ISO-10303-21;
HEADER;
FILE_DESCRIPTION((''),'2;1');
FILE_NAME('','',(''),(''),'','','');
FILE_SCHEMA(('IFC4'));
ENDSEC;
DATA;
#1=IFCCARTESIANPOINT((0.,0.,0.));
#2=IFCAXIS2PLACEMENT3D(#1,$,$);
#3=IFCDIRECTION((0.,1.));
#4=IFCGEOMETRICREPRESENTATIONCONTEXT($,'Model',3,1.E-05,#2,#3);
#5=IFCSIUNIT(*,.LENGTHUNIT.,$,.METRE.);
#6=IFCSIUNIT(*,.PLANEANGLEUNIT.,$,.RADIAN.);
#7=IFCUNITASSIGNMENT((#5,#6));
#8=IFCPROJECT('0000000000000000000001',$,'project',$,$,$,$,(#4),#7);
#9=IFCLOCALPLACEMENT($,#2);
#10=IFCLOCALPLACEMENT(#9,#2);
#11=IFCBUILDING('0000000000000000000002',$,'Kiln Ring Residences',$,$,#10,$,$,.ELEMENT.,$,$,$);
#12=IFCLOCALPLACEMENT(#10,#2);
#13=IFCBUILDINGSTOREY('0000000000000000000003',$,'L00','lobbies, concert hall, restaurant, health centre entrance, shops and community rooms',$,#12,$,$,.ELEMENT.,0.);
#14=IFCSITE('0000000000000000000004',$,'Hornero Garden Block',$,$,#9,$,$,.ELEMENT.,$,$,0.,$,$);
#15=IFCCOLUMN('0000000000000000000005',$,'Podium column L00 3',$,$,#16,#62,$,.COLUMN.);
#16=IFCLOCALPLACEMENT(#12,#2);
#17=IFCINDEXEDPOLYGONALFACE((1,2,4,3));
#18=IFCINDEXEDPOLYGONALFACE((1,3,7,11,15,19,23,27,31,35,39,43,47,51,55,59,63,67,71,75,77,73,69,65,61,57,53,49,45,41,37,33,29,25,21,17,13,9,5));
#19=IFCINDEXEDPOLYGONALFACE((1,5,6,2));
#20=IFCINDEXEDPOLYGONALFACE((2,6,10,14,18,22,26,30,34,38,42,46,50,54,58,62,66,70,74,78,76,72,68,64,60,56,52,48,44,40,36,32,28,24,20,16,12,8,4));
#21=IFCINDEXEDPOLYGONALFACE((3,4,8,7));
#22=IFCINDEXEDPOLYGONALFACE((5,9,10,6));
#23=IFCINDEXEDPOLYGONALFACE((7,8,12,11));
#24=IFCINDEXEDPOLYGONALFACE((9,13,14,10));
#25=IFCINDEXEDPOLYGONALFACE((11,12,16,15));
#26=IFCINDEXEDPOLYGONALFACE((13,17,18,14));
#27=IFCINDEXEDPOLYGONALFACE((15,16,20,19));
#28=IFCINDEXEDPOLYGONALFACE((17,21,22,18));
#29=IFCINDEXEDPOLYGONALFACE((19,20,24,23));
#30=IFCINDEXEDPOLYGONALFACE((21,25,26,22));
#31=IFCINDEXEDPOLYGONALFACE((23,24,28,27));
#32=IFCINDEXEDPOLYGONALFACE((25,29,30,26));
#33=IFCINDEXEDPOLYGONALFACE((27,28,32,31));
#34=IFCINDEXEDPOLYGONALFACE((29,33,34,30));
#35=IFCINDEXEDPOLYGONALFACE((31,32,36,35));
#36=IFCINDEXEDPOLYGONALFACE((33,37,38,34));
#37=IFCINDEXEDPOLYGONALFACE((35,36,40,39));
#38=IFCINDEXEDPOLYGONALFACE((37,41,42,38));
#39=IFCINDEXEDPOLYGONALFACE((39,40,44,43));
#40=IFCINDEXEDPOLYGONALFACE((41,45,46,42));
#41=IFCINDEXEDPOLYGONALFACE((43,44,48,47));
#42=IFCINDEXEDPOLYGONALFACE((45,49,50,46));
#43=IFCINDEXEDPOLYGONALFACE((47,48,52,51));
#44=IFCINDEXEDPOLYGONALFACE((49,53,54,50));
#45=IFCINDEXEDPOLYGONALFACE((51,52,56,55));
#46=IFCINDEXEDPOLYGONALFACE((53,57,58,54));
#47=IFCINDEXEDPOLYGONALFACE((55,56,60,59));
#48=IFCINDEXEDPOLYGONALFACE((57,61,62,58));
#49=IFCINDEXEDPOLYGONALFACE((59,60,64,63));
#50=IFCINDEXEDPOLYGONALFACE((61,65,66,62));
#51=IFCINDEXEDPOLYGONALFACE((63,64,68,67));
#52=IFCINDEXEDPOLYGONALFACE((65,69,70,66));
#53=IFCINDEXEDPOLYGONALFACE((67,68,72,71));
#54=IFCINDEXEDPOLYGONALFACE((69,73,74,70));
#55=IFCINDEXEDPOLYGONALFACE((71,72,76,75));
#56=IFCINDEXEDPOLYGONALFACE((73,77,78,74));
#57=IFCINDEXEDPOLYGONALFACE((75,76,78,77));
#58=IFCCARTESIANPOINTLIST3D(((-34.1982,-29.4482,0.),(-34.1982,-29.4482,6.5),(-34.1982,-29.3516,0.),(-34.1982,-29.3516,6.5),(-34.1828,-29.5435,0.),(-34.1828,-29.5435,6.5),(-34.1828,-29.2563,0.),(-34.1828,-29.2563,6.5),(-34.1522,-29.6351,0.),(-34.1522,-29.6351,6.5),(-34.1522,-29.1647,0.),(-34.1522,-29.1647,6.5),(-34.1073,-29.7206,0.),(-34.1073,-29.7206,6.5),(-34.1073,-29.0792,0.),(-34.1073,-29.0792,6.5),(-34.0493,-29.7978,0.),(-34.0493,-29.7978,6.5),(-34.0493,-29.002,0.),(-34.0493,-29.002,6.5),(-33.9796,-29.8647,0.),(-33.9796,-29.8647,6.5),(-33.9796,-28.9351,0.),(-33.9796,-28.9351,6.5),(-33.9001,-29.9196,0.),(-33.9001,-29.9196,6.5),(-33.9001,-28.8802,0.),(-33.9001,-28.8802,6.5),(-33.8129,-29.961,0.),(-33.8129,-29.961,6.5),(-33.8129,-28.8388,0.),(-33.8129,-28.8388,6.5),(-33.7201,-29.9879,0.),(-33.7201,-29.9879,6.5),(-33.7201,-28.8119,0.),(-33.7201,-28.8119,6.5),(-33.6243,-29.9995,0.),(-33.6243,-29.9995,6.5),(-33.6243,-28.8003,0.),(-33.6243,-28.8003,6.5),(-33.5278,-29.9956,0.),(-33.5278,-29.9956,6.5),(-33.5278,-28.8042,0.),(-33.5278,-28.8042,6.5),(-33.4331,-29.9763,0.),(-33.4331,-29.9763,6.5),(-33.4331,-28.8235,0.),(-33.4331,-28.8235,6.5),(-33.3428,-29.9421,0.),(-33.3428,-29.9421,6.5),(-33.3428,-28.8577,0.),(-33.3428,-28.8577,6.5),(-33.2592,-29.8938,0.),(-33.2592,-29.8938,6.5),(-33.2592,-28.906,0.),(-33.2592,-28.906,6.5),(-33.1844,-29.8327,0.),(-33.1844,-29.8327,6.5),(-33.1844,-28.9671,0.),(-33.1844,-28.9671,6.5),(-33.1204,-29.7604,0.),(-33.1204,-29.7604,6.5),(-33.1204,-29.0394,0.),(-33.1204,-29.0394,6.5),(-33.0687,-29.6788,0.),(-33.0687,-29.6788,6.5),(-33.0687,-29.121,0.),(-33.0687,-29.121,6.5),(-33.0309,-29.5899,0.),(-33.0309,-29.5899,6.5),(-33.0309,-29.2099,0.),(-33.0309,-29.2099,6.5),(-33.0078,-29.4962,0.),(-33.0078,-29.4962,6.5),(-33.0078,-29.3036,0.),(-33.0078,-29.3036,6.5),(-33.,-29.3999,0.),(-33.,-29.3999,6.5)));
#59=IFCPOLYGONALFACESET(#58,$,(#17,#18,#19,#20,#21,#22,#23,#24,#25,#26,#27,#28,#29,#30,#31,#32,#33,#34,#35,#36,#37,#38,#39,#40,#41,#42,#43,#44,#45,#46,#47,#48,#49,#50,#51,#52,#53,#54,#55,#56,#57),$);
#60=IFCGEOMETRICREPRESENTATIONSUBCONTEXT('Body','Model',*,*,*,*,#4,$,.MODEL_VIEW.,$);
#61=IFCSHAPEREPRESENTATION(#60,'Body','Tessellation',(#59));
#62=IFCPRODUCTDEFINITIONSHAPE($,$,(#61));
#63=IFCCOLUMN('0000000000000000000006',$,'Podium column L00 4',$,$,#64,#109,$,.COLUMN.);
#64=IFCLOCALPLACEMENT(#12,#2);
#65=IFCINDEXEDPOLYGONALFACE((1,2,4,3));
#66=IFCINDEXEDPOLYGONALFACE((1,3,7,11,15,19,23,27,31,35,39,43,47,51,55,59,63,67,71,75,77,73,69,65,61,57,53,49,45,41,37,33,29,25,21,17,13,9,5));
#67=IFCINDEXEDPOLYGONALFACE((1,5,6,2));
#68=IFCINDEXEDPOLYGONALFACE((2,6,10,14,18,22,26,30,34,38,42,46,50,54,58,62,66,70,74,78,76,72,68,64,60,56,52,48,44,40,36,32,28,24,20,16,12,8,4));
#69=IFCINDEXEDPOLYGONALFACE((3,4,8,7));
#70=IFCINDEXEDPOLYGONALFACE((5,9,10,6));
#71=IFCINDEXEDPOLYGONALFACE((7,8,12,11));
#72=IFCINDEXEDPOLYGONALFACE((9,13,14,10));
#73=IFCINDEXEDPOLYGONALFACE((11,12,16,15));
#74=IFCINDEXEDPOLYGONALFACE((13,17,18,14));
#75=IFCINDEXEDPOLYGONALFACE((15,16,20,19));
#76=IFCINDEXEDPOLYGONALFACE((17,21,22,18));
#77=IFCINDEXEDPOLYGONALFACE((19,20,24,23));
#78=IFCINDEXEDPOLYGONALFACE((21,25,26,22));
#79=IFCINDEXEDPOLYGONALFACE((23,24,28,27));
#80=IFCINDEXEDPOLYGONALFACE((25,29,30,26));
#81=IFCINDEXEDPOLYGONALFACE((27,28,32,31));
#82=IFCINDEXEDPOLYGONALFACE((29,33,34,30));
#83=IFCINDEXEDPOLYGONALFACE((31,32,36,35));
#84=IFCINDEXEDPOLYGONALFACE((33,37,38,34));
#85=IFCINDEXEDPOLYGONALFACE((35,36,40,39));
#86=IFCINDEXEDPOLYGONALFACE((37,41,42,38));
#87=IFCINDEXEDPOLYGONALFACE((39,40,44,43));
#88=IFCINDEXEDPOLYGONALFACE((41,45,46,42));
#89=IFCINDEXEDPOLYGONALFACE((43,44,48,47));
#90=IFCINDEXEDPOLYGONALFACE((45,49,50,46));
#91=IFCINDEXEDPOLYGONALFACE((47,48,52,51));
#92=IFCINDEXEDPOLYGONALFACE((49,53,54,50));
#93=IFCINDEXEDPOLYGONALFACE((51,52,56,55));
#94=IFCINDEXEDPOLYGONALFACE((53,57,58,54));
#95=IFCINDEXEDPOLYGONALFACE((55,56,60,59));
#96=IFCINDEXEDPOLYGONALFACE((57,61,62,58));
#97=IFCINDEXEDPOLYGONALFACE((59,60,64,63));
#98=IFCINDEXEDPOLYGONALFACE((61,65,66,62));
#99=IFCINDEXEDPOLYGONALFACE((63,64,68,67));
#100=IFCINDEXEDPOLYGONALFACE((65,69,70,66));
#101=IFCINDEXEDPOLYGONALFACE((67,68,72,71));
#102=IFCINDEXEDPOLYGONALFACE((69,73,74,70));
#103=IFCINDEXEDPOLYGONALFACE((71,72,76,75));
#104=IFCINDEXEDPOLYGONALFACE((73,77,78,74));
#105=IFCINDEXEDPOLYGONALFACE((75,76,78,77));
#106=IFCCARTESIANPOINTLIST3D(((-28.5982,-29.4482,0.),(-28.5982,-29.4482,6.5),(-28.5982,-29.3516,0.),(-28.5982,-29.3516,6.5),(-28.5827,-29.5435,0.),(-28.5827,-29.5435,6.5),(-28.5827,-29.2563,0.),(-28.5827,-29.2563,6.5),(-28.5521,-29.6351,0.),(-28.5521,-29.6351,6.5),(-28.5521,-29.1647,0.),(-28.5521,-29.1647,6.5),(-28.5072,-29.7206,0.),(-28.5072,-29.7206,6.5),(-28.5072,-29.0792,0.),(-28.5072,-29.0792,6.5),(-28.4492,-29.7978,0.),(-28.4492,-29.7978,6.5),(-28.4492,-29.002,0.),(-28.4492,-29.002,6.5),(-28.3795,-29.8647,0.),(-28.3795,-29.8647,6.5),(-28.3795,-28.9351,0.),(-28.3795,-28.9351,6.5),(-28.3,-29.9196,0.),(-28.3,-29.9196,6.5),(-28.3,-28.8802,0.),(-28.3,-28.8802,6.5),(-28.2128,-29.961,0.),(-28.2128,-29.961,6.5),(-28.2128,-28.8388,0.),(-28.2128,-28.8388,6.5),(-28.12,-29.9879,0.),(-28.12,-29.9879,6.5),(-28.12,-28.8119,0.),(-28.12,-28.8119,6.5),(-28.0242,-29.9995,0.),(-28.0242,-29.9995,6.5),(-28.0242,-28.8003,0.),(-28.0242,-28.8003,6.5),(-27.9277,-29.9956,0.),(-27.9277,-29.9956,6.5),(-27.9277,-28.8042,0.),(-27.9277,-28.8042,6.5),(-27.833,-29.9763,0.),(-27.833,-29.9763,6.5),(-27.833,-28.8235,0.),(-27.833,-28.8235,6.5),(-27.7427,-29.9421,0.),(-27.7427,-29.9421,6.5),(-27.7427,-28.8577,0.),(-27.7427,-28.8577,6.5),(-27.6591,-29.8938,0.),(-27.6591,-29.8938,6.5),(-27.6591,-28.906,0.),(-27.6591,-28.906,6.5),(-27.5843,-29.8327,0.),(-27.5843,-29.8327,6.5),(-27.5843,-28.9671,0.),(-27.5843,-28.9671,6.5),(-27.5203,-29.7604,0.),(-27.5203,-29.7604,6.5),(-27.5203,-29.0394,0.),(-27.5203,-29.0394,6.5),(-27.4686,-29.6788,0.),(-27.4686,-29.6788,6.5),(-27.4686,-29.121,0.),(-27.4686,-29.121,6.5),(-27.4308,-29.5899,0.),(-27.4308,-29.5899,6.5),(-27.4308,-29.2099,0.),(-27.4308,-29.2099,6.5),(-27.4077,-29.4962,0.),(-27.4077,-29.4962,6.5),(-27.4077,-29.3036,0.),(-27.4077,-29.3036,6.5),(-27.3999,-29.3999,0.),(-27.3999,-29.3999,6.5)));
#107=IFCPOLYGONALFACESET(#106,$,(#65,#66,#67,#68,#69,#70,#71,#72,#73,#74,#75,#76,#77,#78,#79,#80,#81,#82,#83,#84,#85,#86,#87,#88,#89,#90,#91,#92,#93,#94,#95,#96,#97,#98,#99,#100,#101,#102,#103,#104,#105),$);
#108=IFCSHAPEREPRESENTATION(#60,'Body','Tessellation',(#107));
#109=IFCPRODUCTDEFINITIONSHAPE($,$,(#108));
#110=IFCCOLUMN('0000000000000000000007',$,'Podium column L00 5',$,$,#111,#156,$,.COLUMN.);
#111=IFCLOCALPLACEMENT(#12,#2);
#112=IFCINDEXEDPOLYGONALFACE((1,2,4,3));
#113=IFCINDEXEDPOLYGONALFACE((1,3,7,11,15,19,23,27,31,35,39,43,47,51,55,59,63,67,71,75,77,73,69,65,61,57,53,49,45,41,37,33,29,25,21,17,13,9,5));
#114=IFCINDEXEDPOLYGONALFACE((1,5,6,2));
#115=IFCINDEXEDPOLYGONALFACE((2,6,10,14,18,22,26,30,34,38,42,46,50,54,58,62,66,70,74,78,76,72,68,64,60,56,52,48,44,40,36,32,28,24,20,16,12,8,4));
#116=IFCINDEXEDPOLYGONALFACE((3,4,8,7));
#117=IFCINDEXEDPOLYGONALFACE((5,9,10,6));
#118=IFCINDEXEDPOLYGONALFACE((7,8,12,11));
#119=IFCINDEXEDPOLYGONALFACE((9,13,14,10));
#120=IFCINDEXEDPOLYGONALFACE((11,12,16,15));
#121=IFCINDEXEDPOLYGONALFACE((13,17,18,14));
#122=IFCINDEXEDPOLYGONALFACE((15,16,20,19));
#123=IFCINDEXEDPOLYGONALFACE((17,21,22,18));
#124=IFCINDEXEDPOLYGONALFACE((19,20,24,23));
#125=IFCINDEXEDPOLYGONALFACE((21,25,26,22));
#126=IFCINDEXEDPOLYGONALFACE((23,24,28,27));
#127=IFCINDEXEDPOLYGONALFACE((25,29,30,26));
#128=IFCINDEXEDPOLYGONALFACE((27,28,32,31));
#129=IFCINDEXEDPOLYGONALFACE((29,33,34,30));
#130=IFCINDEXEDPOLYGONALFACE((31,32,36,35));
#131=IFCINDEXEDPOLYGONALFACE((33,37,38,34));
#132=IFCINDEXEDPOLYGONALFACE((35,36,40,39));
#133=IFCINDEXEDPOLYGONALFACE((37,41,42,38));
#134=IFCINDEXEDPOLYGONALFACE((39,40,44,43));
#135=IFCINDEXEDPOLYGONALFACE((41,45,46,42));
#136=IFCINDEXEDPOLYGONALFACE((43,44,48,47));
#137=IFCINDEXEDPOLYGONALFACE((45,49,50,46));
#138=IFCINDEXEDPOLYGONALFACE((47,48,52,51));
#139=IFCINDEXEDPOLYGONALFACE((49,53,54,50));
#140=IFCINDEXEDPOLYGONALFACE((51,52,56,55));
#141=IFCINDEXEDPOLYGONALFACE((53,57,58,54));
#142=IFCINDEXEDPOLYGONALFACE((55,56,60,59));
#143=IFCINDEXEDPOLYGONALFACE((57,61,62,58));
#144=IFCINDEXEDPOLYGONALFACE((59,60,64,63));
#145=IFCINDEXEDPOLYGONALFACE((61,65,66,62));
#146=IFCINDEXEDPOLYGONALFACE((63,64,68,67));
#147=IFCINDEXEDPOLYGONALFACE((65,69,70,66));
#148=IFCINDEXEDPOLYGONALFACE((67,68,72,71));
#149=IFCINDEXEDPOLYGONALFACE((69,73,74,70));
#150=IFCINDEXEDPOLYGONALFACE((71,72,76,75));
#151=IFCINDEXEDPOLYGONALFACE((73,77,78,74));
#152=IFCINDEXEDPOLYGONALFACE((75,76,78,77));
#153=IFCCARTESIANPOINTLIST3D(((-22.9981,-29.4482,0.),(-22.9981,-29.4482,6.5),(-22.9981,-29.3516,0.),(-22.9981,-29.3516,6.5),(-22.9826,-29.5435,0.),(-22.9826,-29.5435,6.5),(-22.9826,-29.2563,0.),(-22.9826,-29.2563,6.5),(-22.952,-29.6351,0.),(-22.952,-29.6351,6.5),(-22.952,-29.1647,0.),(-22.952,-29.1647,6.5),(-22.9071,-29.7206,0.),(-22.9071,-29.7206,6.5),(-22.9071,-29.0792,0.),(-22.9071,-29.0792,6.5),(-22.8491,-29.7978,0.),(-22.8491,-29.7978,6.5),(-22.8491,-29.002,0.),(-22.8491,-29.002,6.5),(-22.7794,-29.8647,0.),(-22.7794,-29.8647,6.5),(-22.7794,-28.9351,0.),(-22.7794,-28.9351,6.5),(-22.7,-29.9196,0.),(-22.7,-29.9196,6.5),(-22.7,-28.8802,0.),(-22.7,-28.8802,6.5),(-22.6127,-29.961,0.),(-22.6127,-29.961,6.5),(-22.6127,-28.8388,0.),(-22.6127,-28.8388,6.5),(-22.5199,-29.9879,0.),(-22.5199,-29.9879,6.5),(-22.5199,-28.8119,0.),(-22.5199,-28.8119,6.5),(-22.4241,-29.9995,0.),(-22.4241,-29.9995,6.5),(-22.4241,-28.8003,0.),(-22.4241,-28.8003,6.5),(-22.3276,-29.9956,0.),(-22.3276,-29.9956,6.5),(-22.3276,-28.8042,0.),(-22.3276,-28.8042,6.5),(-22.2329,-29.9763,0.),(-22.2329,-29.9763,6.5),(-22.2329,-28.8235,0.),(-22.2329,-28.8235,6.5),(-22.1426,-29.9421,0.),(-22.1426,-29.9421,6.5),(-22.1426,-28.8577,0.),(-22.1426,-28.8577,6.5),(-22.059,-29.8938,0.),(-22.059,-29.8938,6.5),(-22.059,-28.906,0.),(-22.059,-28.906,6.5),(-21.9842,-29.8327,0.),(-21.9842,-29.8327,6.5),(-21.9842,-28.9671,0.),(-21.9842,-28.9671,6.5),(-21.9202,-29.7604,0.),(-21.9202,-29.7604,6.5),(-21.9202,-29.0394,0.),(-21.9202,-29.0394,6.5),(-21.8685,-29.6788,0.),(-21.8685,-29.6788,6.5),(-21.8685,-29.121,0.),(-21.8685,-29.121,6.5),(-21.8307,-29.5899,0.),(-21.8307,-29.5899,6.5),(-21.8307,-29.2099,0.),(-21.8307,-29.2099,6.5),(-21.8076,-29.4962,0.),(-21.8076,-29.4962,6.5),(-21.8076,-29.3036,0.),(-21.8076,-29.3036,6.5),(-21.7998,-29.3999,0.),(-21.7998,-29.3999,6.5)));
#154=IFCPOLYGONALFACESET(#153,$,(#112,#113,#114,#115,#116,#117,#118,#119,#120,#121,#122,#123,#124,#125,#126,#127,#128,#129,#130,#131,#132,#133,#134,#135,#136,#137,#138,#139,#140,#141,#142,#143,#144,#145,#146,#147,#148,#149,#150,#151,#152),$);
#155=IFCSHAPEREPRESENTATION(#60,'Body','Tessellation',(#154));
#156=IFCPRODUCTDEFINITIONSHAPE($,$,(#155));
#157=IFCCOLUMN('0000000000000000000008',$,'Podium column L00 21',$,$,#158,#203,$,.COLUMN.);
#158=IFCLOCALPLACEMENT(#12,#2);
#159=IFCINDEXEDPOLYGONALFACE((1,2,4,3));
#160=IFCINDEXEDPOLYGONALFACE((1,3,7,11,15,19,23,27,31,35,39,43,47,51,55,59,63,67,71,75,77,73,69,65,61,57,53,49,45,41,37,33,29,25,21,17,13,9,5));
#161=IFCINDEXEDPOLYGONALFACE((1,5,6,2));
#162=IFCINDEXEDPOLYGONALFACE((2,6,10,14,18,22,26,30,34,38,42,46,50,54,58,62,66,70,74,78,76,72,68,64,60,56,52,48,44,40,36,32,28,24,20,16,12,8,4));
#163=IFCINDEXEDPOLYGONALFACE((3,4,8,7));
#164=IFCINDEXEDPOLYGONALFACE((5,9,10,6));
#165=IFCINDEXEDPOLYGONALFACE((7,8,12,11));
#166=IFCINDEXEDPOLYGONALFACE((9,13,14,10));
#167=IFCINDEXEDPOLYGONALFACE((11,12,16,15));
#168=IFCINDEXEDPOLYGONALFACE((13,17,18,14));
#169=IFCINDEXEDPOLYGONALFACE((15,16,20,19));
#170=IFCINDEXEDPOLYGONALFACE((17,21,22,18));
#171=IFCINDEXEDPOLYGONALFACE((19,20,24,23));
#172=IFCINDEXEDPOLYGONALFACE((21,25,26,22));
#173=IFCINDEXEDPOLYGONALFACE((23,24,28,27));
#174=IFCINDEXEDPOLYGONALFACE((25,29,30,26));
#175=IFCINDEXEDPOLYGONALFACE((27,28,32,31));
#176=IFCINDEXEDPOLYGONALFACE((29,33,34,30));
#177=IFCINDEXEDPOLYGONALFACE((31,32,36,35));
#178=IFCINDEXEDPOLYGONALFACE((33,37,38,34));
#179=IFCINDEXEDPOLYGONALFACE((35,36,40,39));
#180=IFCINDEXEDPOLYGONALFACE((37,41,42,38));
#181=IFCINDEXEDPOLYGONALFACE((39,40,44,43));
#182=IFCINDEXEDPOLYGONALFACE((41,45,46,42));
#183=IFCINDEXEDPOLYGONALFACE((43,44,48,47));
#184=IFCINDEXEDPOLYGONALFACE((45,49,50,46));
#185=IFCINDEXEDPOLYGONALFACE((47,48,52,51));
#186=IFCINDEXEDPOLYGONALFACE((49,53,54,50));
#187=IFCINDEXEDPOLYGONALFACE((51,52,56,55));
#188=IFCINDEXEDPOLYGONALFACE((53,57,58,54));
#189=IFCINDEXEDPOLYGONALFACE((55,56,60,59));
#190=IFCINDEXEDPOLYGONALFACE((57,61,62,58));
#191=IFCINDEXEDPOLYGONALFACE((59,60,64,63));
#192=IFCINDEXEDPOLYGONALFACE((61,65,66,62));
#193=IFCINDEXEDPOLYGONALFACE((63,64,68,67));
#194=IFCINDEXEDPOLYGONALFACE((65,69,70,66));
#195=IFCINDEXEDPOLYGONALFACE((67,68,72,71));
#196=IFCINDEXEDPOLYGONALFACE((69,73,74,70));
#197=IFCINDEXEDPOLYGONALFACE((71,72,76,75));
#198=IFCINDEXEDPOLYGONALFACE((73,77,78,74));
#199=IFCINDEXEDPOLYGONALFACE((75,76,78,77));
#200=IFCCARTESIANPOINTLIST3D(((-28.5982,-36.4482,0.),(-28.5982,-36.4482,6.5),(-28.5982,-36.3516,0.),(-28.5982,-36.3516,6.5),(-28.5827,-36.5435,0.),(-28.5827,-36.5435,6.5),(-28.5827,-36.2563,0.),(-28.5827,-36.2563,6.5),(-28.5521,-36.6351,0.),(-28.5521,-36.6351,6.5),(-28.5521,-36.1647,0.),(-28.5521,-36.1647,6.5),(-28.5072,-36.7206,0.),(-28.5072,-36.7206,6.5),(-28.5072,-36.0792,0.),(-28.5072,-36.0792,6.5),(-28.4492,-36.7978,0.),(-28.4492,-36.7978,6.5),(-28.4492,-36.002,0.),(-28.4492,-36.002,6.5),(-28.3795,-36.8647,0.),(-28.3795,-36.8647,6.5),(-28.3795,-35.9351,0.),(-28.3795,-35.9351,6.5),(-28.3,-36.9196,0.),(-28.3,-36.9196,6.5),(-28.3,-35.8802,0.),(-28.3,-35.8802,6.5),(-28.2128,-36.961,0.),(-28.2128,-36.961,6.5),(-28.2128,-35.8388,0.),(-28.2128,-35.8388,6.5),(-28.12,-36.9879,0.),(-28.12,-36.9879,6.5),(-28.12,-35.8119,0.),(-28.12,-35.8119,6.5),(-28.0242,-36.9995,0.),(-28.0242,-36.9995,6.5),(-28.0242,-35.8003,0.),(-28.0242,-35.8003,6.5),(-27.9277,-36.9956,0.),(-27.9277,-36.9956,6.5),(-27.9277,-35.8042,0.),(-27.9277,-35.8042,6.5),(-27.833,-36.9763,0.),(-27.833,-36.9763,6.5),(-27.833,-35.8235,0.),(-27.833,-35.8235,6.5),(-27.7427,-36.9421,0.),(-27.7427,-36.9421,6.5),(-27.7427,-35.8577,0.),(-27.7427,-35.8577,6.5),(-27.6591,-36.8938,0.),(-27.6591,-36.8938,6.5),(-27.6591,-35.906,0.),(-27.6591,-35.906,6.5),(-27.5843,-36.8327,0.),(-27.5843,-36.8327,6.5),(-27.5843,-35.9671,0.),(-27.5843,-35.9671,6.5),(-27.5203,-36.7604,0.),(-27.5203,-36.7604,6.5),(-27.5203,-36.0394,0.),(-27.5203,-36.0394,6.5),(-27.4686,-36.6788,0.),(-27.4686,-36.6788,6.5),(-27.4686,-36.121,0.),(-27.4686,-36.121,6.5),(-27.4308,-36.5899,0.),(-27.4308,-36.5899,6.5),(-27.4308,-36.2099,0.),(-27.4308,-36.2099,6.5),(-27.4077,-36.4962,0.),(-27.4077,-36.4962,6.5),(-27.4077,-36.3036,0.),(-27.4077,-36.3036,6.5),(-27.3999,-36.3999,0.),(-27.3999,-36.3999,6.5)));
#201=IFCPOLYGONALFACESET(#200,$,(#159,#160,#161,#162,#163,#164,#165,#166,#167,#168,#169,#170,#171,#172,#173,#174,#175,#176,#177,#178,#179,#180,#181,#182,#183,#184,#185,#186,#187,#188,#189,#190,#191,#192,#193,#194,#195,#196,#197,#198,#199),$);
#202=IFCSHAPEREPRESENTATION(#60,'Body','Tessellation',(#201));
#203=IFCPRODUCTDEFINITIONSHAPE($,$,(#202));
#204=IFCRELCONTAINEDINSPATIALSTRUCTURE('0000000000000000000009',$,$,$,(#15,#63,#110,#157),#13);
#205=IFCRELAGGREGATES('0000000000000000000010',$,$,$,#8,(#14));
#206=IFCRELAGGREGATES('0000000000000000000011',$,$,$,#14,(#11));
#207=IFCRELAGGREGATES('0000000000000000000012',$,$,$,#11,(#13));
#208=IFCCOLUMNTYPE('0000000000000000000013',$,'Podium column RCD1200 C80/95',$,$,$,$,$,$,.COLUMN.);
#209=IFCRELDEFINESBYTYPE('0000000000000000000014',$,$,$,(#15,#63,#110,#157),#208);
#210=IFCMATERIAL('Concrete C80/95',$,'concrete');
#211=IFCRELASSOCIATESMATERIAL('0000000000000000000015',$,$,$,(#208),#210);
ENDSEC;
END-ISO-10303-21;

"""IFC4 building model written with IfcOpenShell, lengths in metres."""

from ifc_helpers import new_model, si_unit, direction, frame, origin, origin_2d, place, context, subcontext, project, spatial, circle, extrude, material, material_profile, profile_set, type_object, element, save


model = new_model("IFC4")

# Units and contexts
model_context = context("Model", 3, precision=1e-05, world=origin(), true_north=direction((0.0, 1.0)))
body_context = subcontext(model_context, "Body", "Model", "MODEL_VIEW")
ifc_project = project(units=[si_unit("LENGTHUNIT", "METRE"), si_unit("PLANEANGLEUNIT", "RADIAN")], contexts=[model_context])

# Site, building, storey
site_placement = place(None, origin())
site = spatial("IfcSite", under=ifc_project, at=site_placement, Name="Hornero Garden Block", CompositionType="ELEMENT", RefElevation=0.0)
building_placement = place(site_placement, origin())
building = spatial("IfcBuilding", under=site, at=building_placement, Name="Kiln Ring Residences", CompositionType="ELEMENT")
storey_placement = place(building_placement, origin())
storey = spatial("IfcBuildingStorey", under=building, at=storey_placement, Name="L00", Description="lobbies, concert hall, restaurant, health centre entrance, shops and community rooms", CompositionType="ELEMENT", Elevation=0.0)

# Columns
ifc_material_1 = material(Name="Concrete C80/95", Category="concrete")
ifc_material_profile_1 = material_profile(ifc_material_1, circle(Radius=0.6001, at=origin_2d()), Name="RCD1200")
ifc_profile_set_1 = profile_set([ifc_material_profile_1], Name="Concrete C80/95")
column_type = type_object("IfcColumnType", Name="Podium column RCD1200 C80/95", PredefinedType="COLUMN", material=ifc_profile_set_1)
for number, where, z_axis, x_axis, name in (
    (1, (-33.6001, -29.3999, 0.0), (0.0, 0.0, 1.0), (1.0, 0.0, 0.0), "Podium column L00 3"),
    (2, (-28.0, -29.3999, 0.0), (0.0, 0.0, 1.0), (1.0, 0.0, 0.0), "Podium column L00 4"),
    (3, (-22.3999, -29.3999, 0.0), (0.0, 0.0, 1.0), (1.0, 0.0, 0.0), "Podium column L00 5"),
    (4, (-28.0, -36.3999, 0.0), (0.0, 0.0, 1.0), (1.0, 0.0, 0.0), "Podium column L00 21"),
):
    element("IfcColumn", number, at=place(storey_placement, frame(where, z_axis=z_axis, x_axis=x_axis)), inside=storey, type_object=column_type, Name=name, PredefinedType="COLUMN", context=body_context, shape_type="SweptSolid", body=[
        extrude(circle(Radius=0.6001, at=origin_2d()), origin(), (0.0, 0.0, 1.0), 6.5),
    ])

save(model, "model.ifc")
